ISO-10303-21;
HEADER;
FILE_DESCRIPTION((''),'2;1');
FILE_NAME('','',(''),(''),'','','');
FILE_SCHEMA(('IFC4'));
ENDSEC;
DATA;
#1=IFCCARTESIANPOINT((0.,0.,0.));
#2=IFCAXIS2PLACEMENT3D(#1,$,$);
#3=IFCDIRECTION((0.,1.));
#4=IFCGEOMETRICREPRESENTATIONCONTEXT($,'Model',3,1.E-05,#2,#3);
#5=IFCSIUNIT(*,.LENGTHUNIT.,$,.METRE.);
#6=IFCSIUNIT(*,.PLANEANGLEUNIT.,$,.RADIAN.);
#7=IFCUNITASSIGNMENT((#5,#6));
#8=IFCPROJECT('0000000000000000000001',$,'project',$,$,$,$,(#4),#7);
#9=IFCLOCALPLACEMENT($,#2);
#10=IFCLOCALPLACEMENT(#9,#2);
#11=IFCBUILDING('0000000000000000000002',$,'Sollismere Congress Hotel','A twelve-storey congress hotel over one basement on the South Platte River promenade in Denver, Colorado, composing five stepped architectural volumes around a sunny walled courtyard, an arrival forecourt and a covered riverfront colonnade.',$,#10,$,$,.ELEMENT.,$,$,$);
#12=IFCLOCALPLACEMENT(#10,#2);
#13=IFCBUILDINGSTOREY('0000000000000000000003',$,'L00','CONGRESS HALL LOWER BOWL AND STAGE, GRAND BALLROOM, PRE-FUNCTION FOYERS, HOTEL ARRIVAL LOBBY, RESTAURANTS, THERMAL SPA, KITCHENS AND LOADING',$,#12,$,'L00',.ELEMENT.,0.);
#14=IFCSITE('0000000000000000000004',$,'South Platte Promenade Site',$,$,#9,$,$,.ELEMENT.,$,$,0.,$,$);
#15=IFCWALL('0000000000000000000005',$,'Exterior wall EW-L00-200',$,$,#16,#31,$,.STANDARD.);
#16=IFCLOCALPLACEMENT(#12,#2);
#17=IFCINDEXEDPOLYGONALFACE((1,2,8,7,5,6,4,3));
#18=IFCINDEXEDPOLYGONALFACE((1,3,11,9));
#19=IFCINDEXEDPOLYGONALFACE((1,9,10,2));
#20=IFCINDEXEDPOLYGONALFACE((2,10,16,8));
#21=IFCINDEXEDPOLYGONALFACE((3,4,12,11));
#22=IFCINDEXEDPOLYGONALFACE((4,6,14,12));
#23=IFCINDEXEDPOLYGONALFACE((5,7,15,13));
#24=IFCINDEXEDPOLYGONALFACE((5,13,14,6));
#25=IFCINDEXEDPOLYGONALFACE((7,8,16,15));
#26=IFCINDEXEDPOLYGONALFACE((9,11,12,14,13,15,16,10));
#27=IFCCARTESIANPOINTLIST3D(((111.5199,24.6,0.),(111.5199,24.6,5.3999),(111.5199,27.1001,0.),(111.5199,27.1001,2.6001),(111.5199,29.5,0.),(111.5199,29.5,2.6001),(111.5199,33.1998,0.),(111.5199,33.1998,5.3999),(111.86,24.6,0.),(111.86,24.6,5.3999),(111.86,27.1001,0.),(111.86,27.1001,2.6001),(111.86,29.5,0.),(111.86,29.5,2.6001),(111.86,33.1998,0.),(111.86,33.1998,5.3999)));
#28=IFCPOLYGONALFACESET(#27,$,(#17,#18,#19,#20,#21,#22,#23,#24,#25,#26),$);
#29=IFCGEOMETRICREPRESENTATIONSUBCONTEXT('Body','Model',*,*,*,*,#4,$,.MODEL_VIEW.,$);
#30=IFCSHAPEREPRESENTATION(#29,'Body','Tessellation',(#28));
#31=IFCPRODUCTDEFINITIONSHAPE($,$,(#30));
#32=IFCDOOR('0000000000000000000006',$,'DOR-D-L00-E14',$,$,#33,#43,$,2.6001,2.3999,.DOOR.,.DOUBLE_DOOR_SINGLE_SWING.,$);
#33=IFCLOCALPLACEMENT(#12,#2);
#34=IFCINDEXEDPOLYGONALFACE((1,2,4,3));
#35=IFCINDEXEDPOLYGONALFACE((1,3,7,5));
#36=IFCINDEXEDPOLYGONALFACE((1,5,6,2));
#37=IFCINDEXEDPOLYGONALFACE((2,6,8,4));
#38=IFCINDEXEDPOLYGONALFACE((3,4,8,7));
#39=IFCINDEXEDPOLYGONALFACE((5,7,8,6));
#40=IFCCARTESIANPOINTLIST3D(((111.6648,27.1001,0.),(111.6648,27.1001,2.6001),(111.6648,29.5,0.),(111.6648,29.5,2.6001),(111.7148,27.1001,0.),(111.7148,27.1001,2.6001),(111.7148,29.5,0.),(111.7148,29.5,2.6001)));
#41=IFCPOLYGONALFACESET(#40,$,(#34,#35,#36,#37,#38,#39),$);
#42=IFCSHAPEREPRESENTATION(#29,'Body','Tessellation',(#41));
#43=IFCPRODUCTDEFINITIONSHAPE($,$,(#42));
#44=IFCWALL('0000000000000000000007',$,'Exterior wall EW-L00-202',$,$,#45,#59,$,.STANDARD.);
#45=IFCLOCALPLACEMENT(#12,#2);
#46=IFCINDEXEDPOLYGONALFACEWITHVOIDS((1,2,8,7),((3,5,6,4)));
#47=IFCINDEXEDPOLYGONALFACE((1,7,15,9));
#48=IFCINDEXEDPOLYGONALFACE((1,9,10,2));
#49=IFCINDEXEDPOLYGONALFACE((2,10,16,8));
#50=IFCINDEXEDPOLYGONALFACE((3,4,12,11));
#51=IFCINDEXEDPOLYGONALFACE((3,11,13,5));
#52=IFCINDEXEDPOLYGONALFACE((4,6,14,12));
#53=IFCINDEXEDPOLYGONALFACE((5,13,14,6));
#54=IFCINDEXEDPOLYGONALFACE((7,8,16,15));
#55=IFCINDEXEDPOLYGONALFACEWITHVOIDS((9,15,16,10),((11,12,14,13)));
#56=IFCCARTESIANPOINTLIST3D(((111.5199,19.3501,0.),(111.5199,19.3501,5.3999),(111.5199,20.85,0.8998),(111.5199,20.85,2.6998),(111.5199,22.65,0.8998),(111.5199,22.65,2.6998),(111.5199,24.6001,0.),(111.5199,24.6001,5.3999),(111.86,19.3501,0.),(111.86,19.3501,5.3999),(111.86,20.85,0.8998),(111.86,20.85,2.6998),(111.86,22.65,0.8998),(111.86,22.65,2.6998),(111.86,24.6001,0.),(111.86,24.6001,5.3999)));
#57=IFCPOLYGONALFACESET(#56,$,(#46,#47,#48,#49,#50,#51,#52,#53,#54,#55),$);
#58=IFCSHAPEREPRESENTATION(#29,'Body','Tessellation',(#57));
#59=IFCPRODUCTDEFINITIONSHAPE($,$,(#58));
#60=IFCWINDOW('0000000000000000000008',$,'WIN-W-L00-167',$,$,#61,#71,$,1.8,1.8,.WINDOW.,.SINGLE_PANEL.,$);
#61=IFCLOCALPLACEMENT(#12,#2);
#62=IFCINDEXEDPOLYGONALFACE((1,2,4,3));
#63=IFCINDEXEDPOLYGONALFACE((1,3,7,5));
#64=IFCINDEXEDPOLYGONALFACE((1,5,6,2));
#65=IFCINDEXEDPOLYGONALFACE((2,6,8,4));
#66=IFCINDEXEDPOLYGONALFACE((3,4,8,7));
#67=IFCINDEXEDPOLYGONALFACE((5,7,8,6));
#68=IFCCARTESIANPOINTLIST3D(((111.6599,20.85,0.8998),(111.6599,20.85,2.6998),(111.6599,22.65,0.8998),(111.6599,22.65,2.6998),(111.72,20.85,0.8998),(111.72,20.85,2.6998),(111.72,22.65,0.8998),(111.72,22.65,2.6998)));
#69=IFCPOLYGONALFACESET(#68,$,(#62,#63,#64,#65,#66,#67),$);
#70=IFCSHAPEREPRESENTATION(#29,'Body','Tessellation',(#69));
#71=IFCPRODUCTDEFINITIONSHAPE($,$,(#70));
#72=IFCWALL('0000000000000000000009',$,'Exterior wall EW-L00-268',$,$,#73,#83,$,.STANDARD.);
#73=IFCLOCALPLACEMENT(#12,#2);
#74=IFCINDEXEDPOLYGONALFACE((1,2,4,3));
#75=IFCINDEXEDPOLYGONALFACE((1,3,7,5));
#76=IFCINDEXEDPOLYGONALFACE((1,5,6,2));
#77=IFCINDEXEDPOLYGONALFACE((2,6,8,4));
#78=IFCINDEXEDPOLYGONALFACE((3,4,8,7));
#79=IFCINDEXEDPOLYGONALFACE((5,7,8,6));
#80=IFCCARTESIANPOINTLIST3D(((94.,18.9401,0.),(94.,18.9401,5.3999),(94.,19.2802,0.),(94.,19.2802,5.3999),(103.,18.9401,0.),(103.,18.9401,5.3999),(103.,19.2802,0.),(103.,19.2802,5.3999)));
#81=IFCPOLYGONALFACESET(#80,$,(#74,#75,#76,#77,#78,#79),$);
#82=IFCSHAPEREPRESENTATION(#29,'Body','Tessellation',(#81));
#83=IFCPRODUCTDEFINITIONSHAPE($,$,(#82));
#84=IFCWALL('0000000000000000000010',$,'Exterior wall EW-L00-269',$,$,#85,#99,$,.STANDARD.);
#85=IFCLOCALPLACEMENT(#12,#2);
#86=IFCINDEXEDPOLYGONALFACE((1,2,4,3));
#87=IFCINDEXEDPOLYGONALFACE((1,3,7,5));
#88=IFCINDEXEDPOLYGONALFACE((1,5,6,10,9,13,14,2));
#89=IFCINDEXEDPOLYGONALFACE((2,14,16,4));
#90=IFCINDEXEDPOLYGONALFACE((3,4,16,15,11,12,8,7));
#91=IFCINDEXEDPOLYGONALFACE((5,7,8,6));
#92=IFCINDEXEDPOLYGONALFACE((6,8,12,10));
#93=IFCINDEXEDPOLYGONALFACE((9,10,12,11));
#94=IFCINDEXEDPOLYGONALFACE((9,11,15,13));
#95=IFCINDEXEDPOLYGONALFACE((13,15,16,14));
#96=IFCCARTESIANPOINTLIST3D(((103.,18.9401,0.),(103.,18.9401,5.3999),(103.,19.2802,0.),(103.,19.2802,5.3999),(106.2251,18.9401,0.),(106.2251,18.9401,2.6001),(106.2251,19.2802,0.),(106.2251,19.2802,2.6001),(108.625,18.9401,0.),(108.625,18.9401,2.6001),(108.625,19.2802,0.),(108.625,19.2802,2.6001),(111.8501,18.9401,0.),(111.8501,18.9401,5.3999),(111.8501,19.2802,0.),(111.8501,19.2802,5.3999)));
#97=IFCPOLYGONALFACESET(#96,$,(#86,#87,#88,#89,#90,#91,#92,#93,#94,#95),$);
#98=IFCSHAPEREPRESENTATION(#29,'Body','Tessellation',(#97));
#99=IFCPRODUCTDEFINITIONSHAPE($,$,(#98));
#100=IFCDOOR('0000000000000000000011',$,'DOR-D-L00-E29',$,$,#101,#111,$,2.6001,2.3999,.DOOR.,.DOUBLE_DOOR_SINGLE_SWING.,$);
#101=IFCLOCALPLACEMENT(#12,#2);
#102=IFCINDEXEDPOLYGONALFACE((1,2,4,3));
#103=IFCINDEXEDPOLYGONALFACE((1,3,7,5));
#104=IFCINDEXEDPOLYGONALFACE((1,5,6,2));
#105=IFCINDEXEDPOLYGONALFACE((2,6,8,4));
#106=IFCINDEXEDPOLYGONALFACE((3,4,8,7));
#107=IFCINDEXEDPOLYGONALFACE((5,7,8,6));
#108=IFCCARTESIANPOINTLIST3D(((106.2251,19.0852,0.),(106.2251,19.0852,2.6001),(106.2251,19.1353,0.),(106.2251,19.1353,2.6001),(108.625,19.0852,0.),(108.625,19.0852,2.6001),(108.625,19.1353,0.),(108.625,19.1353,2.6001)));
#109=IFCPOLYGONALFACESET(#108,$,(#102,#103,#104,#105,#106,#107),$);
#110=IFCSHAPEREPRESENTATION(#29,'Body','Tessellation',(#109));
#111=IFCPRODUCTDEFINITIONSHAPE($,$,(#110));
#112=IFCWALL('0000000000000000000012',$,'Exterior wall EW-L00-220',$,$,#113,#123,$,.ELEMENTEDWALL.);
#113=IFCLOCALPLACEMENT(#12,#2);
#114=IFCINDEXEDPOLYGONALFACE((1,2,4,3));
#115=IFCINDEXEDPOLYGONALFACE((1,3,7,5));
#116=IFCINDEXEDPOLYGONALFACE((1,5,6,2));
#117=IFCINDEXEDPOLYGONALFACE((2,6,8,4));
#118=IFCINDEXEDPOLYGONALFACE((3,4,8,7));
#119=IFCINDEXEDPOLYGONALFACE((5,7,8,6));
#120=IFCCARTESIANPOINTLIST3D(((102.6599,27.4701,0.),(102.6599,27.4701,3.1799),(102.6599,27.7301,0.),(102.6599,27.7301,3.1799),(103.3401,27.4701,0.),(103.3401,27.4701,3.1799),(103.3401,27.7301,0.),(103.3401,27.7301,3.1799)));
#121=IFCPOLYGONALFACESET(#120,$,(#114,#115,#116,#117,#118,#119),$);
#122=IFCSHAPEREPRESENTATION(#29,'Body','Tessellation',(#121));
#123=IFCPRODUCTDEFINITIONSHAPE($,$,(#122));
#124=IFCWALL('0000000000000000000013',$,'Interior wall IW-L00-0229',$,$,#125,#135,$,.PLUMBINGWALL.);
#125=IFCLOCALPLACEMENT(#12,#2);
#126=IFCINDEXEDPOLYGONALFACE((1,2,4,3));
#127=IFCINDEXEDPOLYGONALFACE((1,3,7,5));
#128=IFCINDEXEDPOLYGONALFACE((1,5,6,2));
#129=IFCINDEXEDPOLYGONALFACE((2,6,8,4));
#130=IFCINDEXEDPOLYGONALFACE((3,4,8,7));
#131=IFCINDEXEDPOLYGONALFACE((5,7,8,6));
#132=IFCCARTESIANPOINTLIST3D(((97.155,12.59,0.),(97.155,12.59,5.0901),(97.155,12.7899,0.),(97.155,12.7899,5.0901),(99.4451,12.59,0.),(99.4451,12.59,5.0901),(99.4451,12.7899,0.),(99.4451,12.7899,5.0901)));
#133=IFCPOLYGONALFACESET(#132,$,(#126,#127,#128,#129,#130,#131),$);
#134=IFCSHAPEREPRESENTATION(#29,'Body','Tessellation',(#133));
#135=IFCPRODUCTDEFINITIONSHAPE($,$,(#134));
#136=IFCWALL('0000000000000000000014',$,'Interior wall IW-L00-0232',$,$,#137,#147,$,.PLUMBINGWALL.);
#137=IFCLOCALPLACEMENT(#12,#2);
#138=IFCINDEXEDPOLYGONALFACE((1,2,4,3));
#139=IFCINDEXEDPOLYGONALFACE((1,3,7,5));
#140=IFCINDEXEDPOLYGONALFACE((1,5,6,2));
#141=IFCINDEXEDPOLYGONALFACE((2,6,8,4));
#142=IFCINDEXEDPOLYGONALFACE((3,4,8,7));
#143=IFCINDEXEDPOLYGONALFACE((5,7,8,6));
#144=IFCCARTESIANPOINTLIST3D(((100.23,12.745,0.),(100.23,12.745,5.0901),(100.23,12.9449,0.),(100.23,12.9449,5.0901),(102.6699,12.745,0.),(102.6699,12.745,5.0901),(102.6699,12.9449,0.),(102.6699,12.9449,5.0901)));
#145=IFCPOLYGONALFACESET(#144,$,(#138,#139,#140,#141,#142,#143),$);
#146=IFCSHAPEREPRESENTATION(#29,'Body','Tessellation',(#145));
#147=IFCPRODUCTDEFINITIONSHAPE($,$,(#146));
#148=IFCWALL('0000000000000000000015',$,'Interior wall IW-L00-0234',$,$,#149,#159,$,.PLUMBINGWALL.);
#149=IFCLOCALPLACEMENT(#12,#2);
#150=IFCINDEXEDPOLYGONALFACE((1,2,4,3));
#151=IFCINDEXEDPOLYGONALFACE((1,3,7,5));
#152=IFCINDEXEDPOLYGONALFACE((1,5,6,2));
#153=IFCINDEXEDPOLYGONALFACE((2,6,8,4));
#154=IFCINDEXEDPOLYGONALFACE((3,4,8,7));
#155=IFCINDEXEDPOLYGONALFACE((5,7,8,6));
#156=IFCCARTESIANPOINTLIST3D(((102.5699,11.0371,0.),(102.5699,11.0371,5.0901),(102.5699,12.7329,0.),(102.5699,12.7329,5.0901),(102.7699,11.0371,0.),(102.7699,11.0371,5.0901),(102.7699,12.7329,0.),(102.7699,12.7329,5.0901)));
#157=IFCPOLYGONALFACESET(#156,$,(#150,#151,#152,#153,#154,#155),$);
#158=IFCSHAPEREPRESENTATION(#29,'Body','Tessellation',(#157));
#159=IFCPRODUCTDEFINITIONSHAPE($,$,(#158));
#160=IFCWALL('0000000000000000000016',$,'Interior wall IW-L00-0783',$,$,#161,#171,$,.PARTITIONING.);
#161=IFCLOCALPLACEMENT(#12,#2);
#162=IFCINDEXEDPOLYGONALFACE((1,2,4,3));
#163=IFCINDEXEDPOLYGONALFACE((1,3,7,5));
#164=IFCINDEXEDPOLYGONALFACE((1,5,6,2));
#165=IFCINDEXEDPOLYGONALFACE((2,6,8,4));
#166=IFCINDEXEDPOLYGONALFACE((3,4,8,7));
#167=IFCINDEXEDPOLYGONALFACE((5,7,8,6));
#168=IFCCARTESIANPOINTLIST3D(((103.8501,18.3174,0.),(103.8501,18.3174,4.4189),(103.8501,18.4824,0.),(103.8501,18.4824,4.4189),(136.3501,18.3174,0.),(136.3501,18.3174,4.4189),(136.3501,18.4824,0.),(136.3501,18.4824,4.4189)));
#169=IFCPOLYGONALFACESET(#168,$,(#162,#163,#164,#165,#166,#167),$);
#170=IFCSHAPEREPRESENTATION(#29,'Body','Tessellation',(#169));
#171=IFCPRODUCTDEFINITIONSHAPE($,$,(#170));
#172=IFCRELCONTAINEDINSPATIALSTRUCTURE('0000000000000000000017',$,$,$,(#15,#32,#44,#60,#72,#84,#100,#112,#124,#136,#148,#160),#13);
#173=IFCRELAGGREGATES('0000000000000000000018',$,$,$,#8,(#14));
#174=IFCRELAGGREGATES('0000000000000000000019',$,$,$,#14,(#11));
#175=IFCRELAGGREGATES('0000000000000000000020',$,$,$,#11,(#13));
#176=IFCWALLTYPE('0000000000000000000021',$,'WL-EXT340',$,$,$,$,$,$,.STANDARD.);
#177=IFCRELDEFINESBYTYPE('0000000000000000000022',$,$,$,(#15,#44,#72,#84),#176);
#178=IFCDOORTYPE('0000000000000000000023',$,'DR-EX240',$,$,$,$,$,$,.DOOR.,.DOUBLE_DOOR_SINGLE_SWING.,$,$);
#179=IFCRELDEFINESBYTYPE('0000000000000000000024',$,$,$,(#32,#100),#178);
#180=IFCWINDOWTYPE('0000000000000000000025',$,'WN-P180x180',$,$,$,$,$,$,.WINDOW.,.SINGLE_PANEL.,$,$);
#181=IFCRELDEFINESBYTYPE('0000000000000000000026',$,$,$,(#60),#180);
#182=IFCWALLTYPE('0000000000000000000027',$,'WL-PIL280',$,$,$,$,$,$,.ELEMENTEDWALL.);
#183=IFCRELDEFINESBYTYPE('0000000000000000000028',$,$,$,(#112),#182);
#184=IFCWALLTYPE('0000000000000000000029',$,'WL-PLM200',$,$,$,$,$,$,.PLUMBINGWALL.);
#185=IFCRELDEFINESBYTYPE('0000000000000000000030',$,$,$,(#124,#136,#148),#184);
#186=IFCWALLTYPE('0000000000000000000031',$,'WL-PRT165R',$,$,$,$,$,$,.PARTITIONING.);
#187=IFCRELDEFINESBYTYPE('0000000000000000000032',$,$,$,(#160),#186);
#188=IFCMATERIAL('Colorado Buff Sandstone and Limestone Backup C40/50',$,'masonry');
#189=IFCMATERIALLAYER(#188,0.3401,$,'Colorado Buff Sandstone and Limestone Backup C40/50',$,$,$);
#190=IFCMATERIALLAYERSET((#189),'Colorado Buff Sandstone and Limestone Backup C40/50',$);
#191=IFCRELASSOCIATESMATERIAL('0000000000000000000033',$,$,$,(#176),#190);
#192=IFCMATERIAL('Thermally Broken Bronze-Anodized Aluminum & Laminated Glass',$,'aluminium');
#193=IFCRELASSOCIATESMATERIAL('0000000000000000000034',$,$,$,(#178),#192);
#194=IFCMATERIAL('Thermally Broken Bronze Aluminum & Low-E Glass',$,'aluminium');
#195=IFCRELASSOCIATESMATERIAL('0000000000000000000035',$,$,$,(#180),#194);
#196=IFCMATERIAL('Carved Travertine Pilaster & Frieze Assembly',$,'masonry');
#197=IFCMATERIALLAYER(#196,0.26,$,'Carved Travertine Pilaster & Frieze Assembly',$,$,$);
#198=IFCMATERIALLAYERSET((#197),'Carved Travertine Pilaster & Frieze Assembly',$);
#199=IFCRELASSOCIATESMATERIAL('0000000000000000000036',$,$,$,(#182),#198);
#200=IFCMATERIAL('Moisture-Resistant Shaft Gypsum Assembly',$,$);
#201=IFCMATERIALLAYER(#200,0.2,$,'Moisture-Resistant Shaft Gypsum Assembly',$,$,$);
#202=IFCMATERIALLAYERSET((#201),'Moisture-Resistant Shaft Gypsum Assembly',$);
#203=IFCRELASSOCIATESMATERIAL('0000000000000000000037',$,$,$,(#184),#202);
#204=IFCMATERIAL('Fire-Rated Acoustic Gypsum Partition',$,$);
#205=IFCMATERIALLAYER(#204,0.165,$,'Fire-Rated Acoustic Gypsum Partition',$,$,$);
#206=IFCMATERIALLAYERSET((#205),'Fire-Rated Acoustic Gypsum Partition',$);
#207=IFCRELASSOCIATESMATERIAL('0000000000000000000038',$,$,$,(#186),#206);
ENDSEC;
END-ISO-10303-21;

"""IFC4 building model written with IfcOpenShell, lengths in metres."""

from ifc_helpers import new_model, si_unit, direction, frame, frame_2d, origin, place, context, subcontext, project, spatial, rectangle, extrude, material, layer, layer_set, type_object, element, fill, save


model = new_model("IFC4")

# Units and contexts
model_context = context("Model", 3, precision=1e-05, world=origin(), true_north=direction((0.0, 1.0)))
body_context = subcontext(model_context, "Body", "Model", "MODEL_VIEW")
ifc_project = project(units=[si_unit("LENGTHUNIT", "METRE"), si_unit("PLANEANGLEUNIT", "RADIAN")], contexts=[model_context])

# Site, building, storey
site_placement = place(None, origin())
site = spatial("IfcSite", under=ifc_project, at=site_placement, Name="South Platte Promenade Site", CompositionType="ELEMENT", RefElevation=0.0)
building_placement = place(site_placement, origin())
building = spatial("IfcBuilding", under=site, at=building_placement, Name="Sollismere Congress Hotel", Description="A twelve-storey congress hotel over one basement on the South Platte River promenade in Denver, Colorado, composing five stepped architectural volumes around a sunny walled courtyard, an arrival forecourt and a covered riverfront colonnade.", CompositionType="ELEMENT")
storey_placement = place(building_placement, origin())
storey = spatial("IfcBuildingStorey", under=building, at=storey_placement, Name="L00", Description="CONGRESS HALL LOWER BOWL AND STAGE, GRAND BALLROOM, PRE-FUNCTION FOYERS, HOTEL ARRIVAL LOBBY, RESTAURANTS, THERMAL SPA, KITCHENS AND LOADING", LongName="L00", CompositionType="ELEMENT", Elevation=0.0)

# Wall, opening, door
ifc_material_1 = material(Name="Colorado Buff Sandstone and Limestone Backup C40/50", Category="masonry")
ifc_layer_1 = layer(ifc_material_1, 0.3401, Name="Colorado Buff Sandstone and Limestone Backup C40/50")
ifc_layer_set_1 = layer_set([ifc_layer_1], Name="Colorado Buff Sandstone and Limestone Backup C40/50")
wall_type_1 = type_object("IfcWallType", Name="WL-EXT340", PredefinedType="STANDARD", material=ifc_layer_set_1)
wall_1_placement = place(storey_placement, frame((111.6899, 24.6001, 0.0), z_axis=(0.0, 0.0, 1.0), x_axis=(0.0, 1.0, 0.0)))
wall_1 = element("IfcWall", 1, at=wall_1_placement, inside=storey, type_object=wall_type_1, Name="Exterior wall EW-L00-200", PredefinedType="STANDARD", context=body_context, shape_type="SweptSolid", body=[
    extrude(rectangle(XDim=8.5999, YDim=0.3401, at=frame_2d((4.2998, 0.0))), origin(), (0.0, 0.0, 1.0), 5.3999),
])
opening_1_placement = place(wall_1_placement, frame((2.5, 0.0, 0.0)))
opening_1 = element("IfcOpeningElement", 2, at=opening_1_placement, cuts=wall_1, PredefinedType="OPENING", context=body_context, shape_type="SweptSolid", body=[
    extrude(rectangle(XDim=2.3999, YDim=2.6001, at=frame_2d((1.2, 1.3))), frame((0.0, 0.1799, 0.0), z_axis=(0.0, -1.0, 0.0), x_axis=(1.0, 0.0, 0.0)), (0.0, 0.0, 1.0), 0.3601),
])
ifc_material_2 = material(Name="Thermally Broken Bronze-Anodized Aluminum & Laminated Glass", Category="aluminium")
door_type = type_object("IfcDoorType", Name="DR-EX240", OperationType="DOUBLE_DOOR_SINGLE_SWING", PredefinedType="DOOR", material=ifc_material_2)
door_1_placement = place(opening_1_placement, frame((2.3999, 0.0, 0.0), z_axis=(0.0, 0.0, 1.0), x_axis=(-1.0, 0.0, 0.0)))
door_1 = element("IfcDoor", 3, at=door_1_placement, inside=storey, type_object=door_type, Name="DOR-D-L00-E14", OperationType="DOUBLE_DOOR_SINGLE_SWING", OverallHeight=2.6001, OverallWidth=2.3999, PredefinedType="DOOR", context=body_context, shape_type="SweptSolid", body=[
    extrude(rectangle(XDim=2.3999, YDim=2.6001, at=frame_2d((1.2, 1.3))), frame((0.0, 0.0249, 0.0), z_axis=(0.0, -1.0, 0.0), x_axis=(1.0, 0.0, 0.0)), (0.0, 0.0, 1.0), 0.05),
])
fill(opening_1, door_1)

# Wall, opening, window
wall_2_placement = place(storey_placement, frame((111.6899, 19.3501, 0.0), z_axis=(0.0, 0.0, 1.0), x_axis=(0.0, 1.0, 0.0)))
wall_2 = element("IfcWall", 4, at=wall_2_placement, inside=storey, type_object=wall_type_1, Name="Exterior wall EW-L00-202", PredefinedType="STANDARD", context=body_context, shape_type="SweptSolid", body=[
    extrude(rectangle(XDim=5.25, YDim=0.3401, at=frame_2d((2.625, 0.0))), origin(), (0.0, 0.0, 1.0), 5.3999),
])
opening_2_placement = place(wall_2_placement, frame((1.5, 0.0, 0.8999)))
opening_2 = element("IfcOpeningElement", 5, at=opening_2_placement, cuts=wall_2, PredefinedType="OPENING", context=body_context, shape_type="SweptSolid", body=[
    extrude(rectangle(XDim=1.8, YDim=1.8, at=frame_2d((0.8999, 0.8999))), frame((0.0, 0.1799, 0.0), z_axis=(0.0, -1.0, 0.0), x_axis=(1.0, 0.0, 0.0)), (0.0, 0.0, 1.0), 0.3601),
])
ifc_material_3 = material(Name="Thermally Broken Bronze Aluminum & Low-E Glass", Category="aluminium")
window_type = type_object("IfcWindowType", Name="WN-P180x180", PartitioningType="SINGLE_PANEL", PredefinedType="WINDOW", material=ifc_material_3)
window_placement = place(opening_2_placement, origin())
window = element("IfcWindow", 6, at=window_placement, inside=storey, type_object=window_type, Name="WIN-W-L00-167", OverallHeight=1.8, OverallWidth=1.8, PartitioningType="SINGLE_PANEL", PredefinedType="WINDOW", context=body_context, shape_type="SweptSolid", body=[
    extrude(rectangle(XDim=1.8, YDim=1.8, at=frame_2d((0.8999, 0.8999))), frame((0.0, 0.03, 0.0), z_axis=(0.0, -1.0, 0.0), x_axis=(1.0, 0.0, 0.0)), (0.0, 0.0, 1.0), 0.0601),
])
fill(opening_2, window)

# Wall
wall_3_placement = place(storey_placement, frame((103.0, 19.1101, 0.0), z_axis=(0.0, 0.0, 1.0), x_axis=(-1.0, 0.0, 0.0)))
element("IfcWall", 7, at=wall_3_placement, inside=storey, type_object=wall_type_1, Name="Exterior wall EW-L00-268", PredefinedType="STANDARD", context=body_context, shape_type="SweptSolid", body=[
    extrude(rectangle(XDim=9.0, YDim=0.3401, at=frame_2d((4.5, 0.0))), origin(), (0.0, 0.0, 1.0), 5.3999),
])

# Wall, opening, door
wall_4_placement = place(storey_placement, frame((111.8501, 19.1101, 0.0), z_axis=(0.0, 0.0, 1.0), x_axis=(-1.0, 0.0, 0.0)))
wall_4 = element("IfcWall", 8, at=wall_4_placement, inside=storey, type_object=wall_type_1, Name="Exterior wall EW-L00-269", PredefinedType="STANDARD", context=body_context, shape_type="SweptSolid", body=[
    extrude(rectangle(XDim=8.8501, YDim=0.3401, at=frame_2d((4.425, 0.0))), origin(), (0.0, 0.0, 1.0), 5.3999),
])
opening_3_placement = place(wall_4_placement, frame((3.2251, 0.0, 0.0)))
opening_3 = element("IfcOpeningElement", 9, at=opening_3_placement, cuts=wall_4, PredefinedType="OPENING", context=body_context, shape_type="SweptSolid", body=[
    extrude(rectangle(XDim=2.3999, YDim=2.6001, at=frame_2d((1.2, 1.3))), frame((0.0, 0.1799, 0.0), z_axis=(0.0, -1.0, 0.0), x_axis=(1.0, 0.0, 0.0)), (0.0, 0.0, 1.0), 0.3601),
])
door_2_placement = place(opening_3_placement, origin())
door_2 = element("IfcDoor", 10, at=door_2_placement, inside=storey, type_object=door_type, Name="DOR-D-L00-E29", OperationType="DOUBLE_DOOR_SINGLE_SWING", OverallHeight=2.6001, OverallWidth=2.3999, PredefinedType="DOOR", context=body_context, shape_type="SweptSolid", body=[
    extrude(rectangle(XDim=2.3999, YDim=2.6001, at=frame_2d((1.2, 1.3))), frame((0.0, 0.0249, 0.0), z_axis=(0.0, -1.0, 0.0), x_axis=(1.0, 0.0, 0.0)), (0.0, 0.0, 1.0), 0.05),
])
fill(opening_3, door_2)

# Walls
ifc_material_4 = material(Name="Carved Travertine Pilaster & Frieze Assembly", Category="masonry")
ifc_layer_2 = layer(ifc_material_4, 0.26, Name="Carved Travertine Pilaster & Frieze Assembly")
ifc_layer_set_2 = layer_set([ifc_layer_2], Name="Carved Travertine Pilaster & Frieze Assembly")
wall_type_2 = type_object("IfcWallType", Name="WL-PIL280", PredefinedType="ELEMENTEDWALL", material=ifc_layer_set_2)
wall_5_placement = place(storey_placement, frame((102.6599, 27.6001, 0.0), z_axis=(0.0, 0.0, 1.0), x_axis=(1.0, 0.0, 0.0)))
element("IfcWall", 11, at=wall_5_placement, inside=storey, type_object=wall_type_2, Name="Exterior wall EW-L00-220", PredefinedType="ELEMENTEDWALL", context=body_context, shape_type="SweptSolid", body=[
    extrude(rectangle(XDim=0.6802, YDim=0.26, at=frame_2d((0.3401, 0.0))), origin(), (0.0, 0.0, 1.0), 3.1799),
])
ifc_material_5 = material(Name="Moisture-Resistant Shaft Gypsum Assembly")
ifc_layer_3 = layer(ifc_material_5, 0.2, Name="Moisture-Resistant Shaft Gypsum Assembly")
ifc_layer_set_3 = layer_set([ifc_layer_3], Name="Moisture-Resistant Shaft Gypsum Assembly")
wall_type_3 = type_object("IfcWallType", Name="WL-PLM200", PredefinedType="PLUMBINGWALL", material=ifc_layer_set_3)
wall_6_placement = place(storey_placement, frame((97.155, 12.6899, 0.0), z_axis=(0.0, 0.0, 1.0), x_axis=(1.0, 0.0, 0.0)))
element("IfcWall", 12, at=wall_6_placement, inside=storey, type_object=wall_type_3, Name="Interior wall IW-L00-0229", PredefinedType="PLUMBINGWALL", context=body_context, shape_type="SweptSolid", body=[
    extrude(rectangle(XDim=2.29, YDim=0.2, at=frame_2d((1.145, 0.0))), origin(), (0.0, 0.0, 1.0), 5.0901),
])
wall_7_placement = place(storey_placement, frame((100.23, 12.845, 0.0), z_axis=(0.0, 0.0, 1.0), x_axis=(1.0, 0.0, 0.0)))
element("IfcWall", 13, at=wall_7_placement, inside=storey, type_object=wall_type_3, Name="Interior wall IW-L00-0232", PredefinedType="PLUMBINGWALL", context=body_context, shape_type="SweptSolid", body=[
    extrude(rectangle(XDim=2.4399, YDim=0.2, at=frame_2d((1.22, 0.0))), origin(), (0.0, 0.0, 1.0), 5.0901),
])
wall_8_placement = place(storey_placement, frame((102.6699, 11.0371, 0.0), z_axis=(0.0, 0.0, 1.0), x_axis=(0.0, 1.0, 0.0)))
element("IfcWall", 14, at=wall_8_placement, inside=storey, type_object=wall_type_3, Name="Interior wall IW-L00-0234", PredefinedType="PLUMBINGWALL", context=body_context, shape_type="SweptSolid", body=[
    extrude(rectangle(XDim=1.6958, YDim=0.2, at=frame_2d((0.8479, 0.0))), origin(), (0.0, 0.0, 1.0), 5.0901),
])
ifc_material_6 = material(Name="Fire-Rated Acoustic Gypsum Partition")
ifc_layer_4 = layer(ifc_material_6, 0.165, Name="Fire-Rated Acoustic Gypsum Partition")
ifc_layer_set_4 = layer_set([ifc_layer_4], Name="Fire-Rated Acoustic Gypsum Partition")
wall_type_4 = type_object("IfcWallType", Name="WL-PRT165R", PredefinedType="PARTITIONING", material=ifc_layer_set_4)
wall_9_placement = place(storey_placement, frame((103.8501, 18.3999, 0.0), z_axis=(0.0, 0.0, 1.0), x_axis=(1.0, 0.0, 0.0)))
element("IfcWall", 15, at=wall_9_placement, inside=storey, type_object=wall_type_4, Name="Interior wall IW-L00-0783", PredefinedType="PARTITIONING", context=body_context, shape_type="SweptSolid", body=[
    extrude(rectangle(XDim=32.5, YDim=0.165, at=frame_2d((16.25, 0.0))), origin(), (0.0, 0.0, 1.0), 4.4189),
])

save(model, "model.ifc")
